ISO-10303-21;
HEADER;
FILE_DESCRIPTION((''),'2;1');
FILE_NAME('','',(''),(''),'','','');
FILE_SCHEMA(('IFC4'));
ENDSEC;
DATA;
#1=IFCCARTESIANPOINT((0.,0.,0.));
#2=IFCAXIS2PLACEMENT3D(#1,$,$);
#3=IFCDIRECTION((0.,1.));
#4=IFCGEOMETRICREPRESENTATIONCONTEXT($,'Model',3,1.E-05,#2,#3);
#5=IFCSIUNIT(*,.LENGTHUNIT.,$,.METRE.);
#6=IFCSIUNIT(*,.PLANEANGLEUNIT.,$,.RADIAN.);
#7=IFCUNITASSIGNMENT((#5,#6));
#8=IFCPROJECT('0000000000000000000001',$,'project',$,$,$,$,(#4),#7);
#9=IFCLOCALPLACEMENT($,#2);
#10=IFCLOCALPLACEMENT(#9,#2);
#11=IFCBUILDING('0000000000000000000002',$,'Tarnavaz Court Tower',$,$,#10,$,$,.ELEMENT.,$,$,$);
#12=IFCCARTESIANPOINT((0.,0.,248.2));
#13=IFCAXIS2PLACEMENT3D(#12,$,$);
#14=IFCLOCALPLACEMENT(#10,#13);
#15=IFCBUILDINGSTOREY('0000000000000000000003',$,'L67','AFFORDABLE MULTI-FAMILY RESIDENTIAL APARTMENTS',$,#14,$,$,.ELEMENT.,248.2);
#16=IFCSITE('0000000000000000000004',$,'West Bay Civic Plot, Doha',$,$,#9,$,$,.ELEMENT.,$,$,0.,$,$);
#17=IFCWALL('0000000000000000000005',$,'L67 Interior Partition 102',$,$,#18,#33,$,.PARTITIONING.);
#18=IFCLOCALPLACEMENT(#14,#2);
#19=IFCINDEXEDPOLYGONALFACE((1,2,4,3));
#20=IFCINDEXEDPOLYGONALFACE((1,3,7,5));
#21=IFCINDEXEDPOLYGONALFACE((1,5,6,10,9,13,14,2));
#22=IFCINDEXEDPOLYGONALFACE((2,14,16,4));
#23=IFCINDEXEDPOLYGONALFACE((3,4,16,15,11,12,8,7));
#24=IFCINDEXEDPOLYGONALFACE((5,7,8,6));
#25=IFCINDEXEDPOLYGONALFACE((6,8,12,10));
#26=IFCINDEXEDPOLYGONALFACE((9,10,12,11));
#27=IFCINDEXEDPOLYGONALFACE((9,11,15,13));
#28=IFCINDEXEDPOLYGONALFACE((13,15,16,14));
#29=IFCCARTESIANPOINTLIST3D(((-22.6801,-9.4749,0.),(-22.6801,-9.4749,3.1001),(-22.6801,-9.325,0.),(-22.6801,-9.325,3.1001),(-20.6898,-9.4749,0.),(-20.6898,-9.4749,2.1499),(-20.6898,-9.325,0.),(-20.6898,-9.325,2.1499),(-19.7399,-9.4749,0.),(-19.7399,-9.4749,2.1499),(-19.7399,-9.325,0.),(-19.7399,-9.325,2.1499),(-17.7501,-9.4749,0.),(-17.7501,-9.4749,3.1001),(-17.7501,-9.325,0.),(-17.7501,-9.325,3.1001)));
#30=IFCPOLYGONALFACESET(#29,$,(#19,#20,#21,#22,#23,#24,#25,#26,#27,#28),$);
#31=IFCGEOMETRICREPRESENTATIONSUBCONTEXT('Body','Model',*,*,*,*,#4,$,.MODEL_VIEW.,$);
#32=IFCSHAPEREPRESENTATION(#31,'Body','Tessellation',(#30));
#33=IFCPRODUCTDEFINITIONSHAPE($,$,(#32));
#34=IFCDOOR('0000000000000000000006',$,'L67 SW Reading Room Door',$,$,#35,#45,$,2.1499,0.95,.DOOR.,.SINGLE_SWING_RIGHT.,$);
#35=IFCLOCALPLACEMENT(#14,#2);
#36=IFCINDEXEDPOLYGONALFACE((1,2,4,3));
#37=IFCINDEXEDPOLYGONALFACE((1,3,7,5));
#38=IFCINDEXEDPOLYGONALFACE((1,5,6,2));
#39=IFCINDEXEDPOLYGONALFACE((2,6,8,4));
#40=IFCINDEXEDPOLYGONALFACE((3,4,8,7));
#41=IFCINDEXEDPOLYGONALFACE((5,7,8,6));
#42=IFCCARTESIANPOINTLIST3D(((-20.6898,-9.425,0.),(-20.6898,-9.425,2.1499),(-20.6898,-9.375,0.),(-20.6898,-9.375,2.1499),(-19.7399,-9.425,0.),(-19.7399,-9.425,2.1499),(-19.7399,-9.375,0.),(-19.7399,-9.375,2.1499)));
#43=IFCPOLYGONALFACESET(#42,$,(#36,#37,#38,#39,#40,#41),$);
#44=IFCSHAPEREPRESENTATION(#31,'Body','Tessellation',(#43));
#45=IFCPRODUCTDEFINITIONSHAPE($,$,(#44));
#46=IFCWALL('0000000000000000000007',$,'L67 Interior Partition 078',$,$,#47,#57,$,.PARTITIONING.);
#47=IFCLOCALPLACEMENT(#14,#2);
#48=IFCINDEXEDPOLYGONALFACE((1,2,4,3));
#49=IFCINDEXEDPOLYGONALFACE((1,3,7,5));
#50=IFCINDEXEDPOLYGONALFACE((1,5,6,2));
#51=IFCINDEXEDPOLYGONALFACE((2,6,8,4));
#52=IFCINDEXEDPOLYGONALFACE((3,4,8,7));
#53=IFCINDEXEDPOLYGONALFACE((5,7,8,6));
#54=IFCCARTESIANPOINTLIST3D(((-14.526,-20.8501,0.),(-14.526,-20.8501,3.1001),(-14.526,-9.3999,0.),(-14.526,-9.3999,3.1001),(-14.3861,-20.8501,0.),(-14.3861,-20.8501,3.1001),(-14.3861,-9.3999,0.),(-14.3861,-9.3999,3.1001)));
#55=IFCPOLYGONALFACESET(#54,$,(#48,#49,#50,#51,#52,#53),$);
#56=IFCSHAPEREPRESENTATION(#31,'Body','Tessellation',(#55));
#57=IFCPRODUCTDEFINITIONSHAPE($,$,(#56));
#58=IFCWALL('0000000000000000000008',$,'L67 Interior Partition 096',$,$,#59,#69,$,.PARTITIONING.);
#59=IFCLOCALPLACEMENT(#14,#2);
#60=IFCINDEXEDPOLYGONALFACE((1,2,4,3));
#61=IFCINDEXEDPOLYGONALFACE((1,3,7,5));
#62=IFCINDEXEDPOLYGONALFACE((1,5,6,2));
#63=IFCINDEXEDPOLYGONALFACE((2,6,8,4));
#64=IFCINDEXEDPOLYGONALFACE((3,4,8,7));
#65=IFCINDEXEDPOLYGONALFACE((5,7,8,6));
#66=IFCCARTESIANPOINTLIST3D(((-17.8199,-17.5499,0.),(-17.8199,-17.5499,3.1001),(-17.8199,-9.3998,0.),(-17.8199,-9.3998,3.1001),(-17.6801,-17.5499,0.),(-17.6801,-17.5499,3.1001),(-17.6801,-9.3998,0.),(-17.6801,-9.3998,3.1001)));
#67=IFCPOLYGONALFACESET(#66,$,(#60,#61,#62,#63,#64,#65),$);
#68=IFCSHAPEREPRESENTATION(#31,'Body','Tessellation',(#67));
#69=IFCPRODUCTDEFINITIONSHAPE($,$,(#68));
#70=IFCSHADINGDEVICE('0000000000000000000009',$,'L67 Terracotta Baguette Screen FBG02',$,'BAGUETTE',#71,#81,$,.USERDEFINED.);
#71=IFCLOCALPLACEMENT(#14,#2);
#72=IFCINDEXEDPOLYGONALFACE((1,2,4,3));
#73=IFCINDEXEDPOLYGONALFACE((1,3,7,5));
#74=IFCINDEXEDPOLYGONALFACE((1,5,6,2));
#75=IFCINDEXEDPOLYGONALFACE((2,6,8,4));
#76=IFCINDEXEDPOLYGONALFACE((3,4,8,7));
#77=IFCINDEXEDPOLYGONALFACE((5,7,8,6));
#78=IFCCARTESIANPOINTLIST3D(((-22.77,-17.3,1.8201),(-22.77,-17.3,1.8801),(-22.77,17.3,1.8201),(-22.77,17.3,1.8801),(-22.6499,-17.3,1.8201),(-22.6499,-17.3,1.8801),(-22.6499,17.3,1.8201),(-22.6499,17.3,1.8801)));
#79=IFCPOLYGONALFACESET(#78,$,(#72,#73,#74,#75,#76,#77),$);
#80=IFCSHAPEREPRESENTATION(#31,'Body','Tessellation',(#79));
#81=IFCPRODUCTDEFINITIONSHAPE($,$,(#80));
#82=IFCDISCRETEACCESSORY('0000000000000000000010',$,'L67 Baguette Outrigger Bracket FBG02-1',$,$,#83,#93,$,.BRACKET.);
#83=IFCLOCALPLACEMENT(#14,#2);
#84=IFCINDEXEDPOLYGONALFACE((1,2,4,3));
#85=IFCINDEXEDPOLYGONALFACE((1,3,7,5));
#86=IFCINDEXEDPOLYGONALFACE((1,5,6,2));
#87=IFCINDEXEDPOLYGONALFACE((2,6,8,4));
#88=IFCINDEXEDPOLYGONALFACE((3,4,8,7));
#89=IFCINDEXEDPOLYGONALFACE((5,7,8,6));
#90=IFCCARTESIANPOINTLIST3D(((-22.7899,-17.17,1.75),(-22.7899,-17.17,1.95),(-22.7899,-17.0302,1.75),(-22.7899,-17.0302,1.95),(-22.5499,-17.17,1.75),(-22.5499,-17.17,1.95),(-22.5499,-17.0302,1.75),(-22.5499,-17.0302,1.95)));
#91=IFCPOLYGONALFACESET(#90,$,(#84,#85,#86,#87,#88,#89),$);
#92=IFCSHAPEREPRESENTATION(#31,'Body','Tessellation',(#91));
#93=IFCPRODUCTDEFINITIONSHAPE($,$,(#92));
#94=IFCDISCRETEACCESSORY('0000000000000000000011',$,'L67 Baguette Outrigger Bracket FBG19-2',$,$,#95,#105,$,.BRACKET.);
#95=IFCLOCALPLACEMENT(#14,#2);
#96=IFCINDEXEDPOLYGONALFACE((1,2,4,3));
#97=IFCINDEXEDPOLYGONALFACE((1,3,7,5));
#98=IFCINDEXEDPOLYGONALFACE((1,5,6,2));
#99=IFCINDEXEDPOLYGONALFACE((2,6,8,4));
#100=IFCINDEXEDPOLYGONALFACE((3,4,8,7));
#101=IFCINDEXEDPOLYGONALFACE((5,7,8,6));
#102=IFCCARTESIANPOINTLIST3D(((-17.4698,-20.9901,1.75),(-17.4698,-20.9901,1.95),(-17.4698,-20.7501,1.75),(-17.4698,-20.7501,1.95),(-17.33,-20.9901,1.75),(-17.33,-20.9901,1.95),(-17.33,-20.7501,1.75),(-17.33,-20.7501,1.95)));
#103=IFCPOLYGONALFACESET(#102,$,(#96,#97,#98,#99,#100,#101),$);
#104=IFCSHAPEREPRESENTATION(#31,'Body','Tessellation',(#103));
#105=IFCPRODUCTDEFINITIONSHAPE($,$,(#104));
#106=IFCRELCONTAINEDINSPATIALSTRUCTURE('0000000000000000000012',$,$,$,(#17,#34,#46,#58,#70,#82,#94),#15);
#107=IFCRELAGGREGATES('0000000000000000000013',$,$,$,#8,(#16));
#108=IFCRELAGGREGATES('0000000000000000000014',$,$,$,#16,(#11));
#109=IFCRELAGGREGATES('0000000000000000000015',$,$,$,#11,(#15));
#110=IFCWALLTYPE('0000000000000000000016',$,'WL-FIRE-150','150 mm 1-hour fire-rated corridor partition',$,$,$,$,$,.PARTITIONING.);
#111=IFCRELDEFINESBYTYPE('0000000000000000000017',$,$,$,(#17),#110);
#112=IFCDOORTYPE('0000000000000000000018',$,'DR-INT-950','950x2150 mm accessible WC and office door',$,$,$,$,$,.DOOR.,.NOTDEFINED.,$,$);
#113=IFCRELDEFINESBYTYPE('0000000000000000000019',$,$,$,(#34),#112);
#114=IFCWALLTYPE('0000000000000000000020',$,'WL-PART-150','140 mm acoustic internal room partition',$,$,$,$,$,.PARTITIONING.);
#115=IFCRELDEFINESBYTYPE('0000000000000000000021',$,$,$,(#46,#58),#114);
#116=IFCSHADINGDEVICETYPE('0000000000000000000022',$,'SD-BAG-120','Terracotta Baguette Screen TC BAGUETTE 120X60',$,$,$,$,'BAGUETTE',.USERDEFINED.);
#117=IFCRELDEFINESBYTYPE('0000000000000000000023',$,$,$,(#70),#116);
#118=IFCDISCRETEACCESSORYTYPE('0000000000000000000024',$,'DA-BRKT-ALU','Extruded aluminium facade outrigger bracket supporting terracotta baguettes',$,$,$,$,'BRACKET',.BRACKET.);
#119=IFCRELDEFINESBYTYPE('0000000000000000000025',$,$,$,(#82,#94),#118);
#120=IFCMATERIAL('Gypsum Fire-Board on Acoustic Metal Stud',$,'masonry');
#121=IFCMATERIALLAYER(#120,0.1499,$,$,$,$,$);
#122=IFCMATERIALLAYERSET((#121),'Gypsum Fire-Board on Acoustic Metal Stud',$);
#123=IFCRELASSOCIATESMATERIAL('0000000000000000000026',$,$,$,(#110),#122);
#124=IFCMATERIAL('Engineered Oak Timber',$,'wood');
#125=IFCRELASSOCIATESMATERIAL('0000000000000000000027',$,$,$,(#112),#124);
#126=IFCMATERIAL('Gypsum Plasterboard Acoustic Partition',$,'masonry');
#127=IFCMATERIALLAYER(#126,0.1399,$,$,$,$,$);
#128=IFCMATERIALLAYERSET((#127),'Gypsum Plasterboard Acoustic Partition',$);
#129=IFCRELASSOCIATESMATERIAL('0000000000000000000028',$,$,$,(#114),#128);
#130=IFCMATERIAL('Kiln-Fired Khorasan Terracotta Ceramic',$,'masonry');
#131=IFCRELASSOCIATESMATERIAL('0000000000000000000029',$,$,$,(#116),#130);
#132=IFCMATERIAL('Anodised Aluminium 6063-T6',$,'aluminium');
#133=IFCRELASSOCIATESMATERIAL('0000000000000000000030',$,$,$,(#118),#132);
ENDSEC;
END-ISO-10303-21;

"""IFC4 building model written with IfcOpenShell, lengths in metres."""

from ifc_helpers import new_model, si_unit, direction, frame, frame_2d, origin, origin_2d, place, context, subcontext, project, spatial, rectangle, extrude, material, layer, layer_set, material_profile, profile_set, type_object, element, fill, save


model = new_model("IFC4")

# Units and contexts
model_context = context("Model", 3, precision=1e-05, world=origin(), true_north=direction((0.0, 1.0)))
body_context = subcontext(model_context, "Body", "Model", "MODEL_VIEW")
ifc_project = project(units=[si_unit("LENGTHUNIT", "METRE"), si_unit("PLANEANGLEUNIT", "RADIAN")], contexts=[model_context])

# Site, building, storey
site_placement = place(None, origin())
site = spatial("IfcSite", under=ifc_project, at=site_placement, Name="West Bay Civic Plot, Doha", CompositionType="ELEMENT", RefElevation=0.0)
building_placement = place(site_placement, origin())
building = spatial("IfcBuilding", under=site, at=building_placement, Name="Tarnavaz Court Tower", CompositionType="ELEMENT")
storey_placement = place(building_placement, frame((0.0, 0.0, 248.2)))
storey = spatial("IfcBuildingStorey", under=building, at=storey_placement, Name="L67", Description="AFFORDABLE MULTI-FAMILY RESIDENTIAL APARTMENTS", CompositionType="ELEMENT", Elevation=248.2)

# Wall, opening, door
ifc_material_1 = material(Name="Gypsum Fire-Board on Acoustic Metal Stud", Category="masonry")
ifc_layer_1 = layer(ifc_material_1, 0.1499)
ifc_layer_set_1 = layer_set([ifc_layer_1], Name="Gypsum Fire-Board on Acoustic Metal Stud")
wall_type_1 = type_object("IfcWallType", Name="WL-FIRE-150", Description="150 mm 1-hour fire-rated corridor partition", PredefinedType="PARTITIONING", material=ifc_layer_set_1)
wall_1_placement = place(storey_placement, frame((-22.6799, -9.3999, 0.0), z_axis=(0.0, 0.0, 1.0), x_axis=(1.0, 0.0, 0.0)))
wall_1 = element("IfcWall", 1, at=wall_1_placement, inside=storey, type_object=wall_type_1, Name="L67 Interior Partition 102", PredefinedType="PARTITIONING", context=body_context, shape_type="SweptSolid", body=[
    extrude(rectangle(XDim=4.9299, YDim=0.1499, at=frame_2d((2.4648, 0.0))), origin(), (0.0, 0.0, 1.0), 3.1001),
])
opening_1_placement = place(wall_1_placement, frame((1.99, 0.0, 0.0)))
opening_1 = element("IfcOpeningElement", 2, at=opening_1_placement, cuts=wall_1, PredefinedType="OPENING", context=body_context, shape_type="SweptSolid", body=[
    extrude(rectangle(XDim=0.95, YDim=2.1499, at=frame_2d((0.4751, 1.075))), frame((0.0, 0.085, 0.0), z_axis=(0.0, -1.0, 0.0), x_axis=(1.0, 0.0, 0.0)), (0.0, 0.0, 1.0), 0.1699),
])
ifc_material_2 = material(Name="Engineered Oak Timber", Category="wood")
door_type = type_object("IfcDoorType", Name="DR-INT-950", Description="950x2150 mm accessible WC and office door", OperationType="NOTDEFINED", PredefinedType="DOOR", material=ifc_material_2)
door_placement = place(opening_1_placement, origin())
door = element("IfcDoor", 3, at=door_placement, inside=storey, type_object=door_type, Name="L67 SW Reading Room Door", OperationType="SINGLE_SWING_RIGHT", OverallHeight=2.1499, OverallWidth=0.95, PredefinedType="DOOR", context=body_context, shape_type="SweptSolid", body=[
    extrude(rectangle(XDim=0.95, YDim=2.1499, at=frame_2d((0.4751, 1.075))), frame((0.0, 0.0249, 0.0), z_axis=(0.0, -1.0, 0.0), x_axis=(1.0, 0.0, 0.0)), (0.0, 0.0, 1.0), 0.05),
])
fill(opening_1, door)

# Walls
ifc_material_3 = material(Name="Gypsum Plasterboard Acoustic Partition", Category="masonry")
ifc_layer_2 = layer(ifc_material_3, 0.1399)
ifc_layer_set_2 = layer_set([ifc_layer_2], Name="Gypsum Plasterboard Acoustic Partition")
wall_type_2 = type_object("IfcWallType", Name="WL-PART-150", Description="140 mm acoustic internal room partition", PredefinedType="PARTITIONING", material=ifc_layer_set_2)
wall_2_placement = place(storey_placement, frame((-14.4561, -20.8501, 0.0), z_axis=(0.0, 0.0, 1.0), x_axis=(0.0, 1.0, 0.0)))
element("IfcWall", 4, at=wall_2_placement, inside=storey, type_object=wall_type_2, Name="L67 Interior Partition 078", PredefinedType="PARTITIONING", context=body_context, shape_type="SweptSolid", body=[
    extrude(rectangle(XDim=11.4502, YDim=0.1399, at=frame_2d((5.7251, 0.0))), origin(), (0.0, 0.0, 1.0), 3.1001),
])
wall_3_placement = place(storey_placement, frame((-17.75, -17.55, 0.0), z_axis=(0.0, 0.0, 1.0), x_axis=(0.0, 1.0, 0.0)))
element("IfcWall", 5, at=wall_3_placement, inside=storey, type_object=wall_type_2, Name="L67 Interior Partition 096", PredefinedType="PARTITIONING", context=body_context, shape_type="SweptSolid", body=[
    extrude(rectangle(XDim=8.1501, YDim=0.1399, at=frame_2d((4.0752, 0.0))), origin(), (0.0, 0.0, 1.0), 3.1001),
])

# Shading device
ifc_material_4 = material(Name="Kiln-Fired Khorasan Terracotta Ceramic", Category="masonry")
ifc_material_profile_1 = material_profile(ifc_material_4, rectangle(XDim=0.1201, YDim=0.0601, at=origin_2d()), Name="TC BAGUETTE 120X60")
ifc_profile_set_1 = profile_set([ifc_material_profile_1], Name="Kiln-Fired Khorasan Terracotta Ceramic")
shading_device_type = type_object("IfcShadingDeviceType", Name="SD-BAG-120", Description="Terracotta Baguette Screen TC BAGUETTE 120X60", ElementType="BAGUETTE", PredefinedType="USERDEFINED", material=ifc_profile_set_1)
shading_device_placement = place(storey_placement, frame((-22.71, -17.3, 1.8501), z_axis=(0.0, 1.0, 0.0), x_axis=(-1.0, 0.0, 0.0)))
element("IfcShadingDevice", 6, at=shading_device_placement, inside=storey, type_object=shading_device_type, Name="L67 Terracotta Baguette Screen FBG02", ObjectType="BAGUETTE", PredefinedType="USERDEFINED", context=body_context, shape_type="SweptSolid", body=[
    extrude(rectangle(XDim=0.1201, YDim=0.0601, at=origin_2d()), origin(), (0.0, 0.0, 1.0), 34.6001),
])

# Discrete accessories
ifc_material_5 = material(Name="Anodised Aluminium 6063-T6", Category="aluminium")
discrete_accessory_type = type_object("IfcDiscreteAccessoryType", Name="DA-BRKT-ALU", Description="Extruded aluminium facade outrigger bracket supporting terracotta baguettes", ElementType="BRACKET", PredefinedType="BRACKET", material=ifc_material_5)
for number, where, z_axis, x_axis, name in (
    (7, (-22.6699, -17.1001, 1.75), (0.0, 0.0, 1.0), (0.0, 1.0, 0.0), "L67 Baguette Outrigger Bracket FBG02-1"),
    (8, (-17.3999, -20.8701, 1.75), (0.0, 0.0, 1.0), (-1.0, 0.0, 0.0), "L67 Baguette Outrigger Bracket FBG19-2"),
):
    element("IfcDiscreteAccessory", number, at=place(storey_placement, frame(where, z_axis=z_axis, x_axis=x_axis)), inside=storey, type_object=discrete_accessory_type, Name=name, PredefinedType="BRACKET", context=body_context, shape_type="SweptSolid", body=[
        extrude(rectangle(XDim=0.1399, YDim=0.24, at=origin_2d()), origin(), (0.0, 0.0, 1.0), 0.2),
    ])

save(model, "model.ifc")
